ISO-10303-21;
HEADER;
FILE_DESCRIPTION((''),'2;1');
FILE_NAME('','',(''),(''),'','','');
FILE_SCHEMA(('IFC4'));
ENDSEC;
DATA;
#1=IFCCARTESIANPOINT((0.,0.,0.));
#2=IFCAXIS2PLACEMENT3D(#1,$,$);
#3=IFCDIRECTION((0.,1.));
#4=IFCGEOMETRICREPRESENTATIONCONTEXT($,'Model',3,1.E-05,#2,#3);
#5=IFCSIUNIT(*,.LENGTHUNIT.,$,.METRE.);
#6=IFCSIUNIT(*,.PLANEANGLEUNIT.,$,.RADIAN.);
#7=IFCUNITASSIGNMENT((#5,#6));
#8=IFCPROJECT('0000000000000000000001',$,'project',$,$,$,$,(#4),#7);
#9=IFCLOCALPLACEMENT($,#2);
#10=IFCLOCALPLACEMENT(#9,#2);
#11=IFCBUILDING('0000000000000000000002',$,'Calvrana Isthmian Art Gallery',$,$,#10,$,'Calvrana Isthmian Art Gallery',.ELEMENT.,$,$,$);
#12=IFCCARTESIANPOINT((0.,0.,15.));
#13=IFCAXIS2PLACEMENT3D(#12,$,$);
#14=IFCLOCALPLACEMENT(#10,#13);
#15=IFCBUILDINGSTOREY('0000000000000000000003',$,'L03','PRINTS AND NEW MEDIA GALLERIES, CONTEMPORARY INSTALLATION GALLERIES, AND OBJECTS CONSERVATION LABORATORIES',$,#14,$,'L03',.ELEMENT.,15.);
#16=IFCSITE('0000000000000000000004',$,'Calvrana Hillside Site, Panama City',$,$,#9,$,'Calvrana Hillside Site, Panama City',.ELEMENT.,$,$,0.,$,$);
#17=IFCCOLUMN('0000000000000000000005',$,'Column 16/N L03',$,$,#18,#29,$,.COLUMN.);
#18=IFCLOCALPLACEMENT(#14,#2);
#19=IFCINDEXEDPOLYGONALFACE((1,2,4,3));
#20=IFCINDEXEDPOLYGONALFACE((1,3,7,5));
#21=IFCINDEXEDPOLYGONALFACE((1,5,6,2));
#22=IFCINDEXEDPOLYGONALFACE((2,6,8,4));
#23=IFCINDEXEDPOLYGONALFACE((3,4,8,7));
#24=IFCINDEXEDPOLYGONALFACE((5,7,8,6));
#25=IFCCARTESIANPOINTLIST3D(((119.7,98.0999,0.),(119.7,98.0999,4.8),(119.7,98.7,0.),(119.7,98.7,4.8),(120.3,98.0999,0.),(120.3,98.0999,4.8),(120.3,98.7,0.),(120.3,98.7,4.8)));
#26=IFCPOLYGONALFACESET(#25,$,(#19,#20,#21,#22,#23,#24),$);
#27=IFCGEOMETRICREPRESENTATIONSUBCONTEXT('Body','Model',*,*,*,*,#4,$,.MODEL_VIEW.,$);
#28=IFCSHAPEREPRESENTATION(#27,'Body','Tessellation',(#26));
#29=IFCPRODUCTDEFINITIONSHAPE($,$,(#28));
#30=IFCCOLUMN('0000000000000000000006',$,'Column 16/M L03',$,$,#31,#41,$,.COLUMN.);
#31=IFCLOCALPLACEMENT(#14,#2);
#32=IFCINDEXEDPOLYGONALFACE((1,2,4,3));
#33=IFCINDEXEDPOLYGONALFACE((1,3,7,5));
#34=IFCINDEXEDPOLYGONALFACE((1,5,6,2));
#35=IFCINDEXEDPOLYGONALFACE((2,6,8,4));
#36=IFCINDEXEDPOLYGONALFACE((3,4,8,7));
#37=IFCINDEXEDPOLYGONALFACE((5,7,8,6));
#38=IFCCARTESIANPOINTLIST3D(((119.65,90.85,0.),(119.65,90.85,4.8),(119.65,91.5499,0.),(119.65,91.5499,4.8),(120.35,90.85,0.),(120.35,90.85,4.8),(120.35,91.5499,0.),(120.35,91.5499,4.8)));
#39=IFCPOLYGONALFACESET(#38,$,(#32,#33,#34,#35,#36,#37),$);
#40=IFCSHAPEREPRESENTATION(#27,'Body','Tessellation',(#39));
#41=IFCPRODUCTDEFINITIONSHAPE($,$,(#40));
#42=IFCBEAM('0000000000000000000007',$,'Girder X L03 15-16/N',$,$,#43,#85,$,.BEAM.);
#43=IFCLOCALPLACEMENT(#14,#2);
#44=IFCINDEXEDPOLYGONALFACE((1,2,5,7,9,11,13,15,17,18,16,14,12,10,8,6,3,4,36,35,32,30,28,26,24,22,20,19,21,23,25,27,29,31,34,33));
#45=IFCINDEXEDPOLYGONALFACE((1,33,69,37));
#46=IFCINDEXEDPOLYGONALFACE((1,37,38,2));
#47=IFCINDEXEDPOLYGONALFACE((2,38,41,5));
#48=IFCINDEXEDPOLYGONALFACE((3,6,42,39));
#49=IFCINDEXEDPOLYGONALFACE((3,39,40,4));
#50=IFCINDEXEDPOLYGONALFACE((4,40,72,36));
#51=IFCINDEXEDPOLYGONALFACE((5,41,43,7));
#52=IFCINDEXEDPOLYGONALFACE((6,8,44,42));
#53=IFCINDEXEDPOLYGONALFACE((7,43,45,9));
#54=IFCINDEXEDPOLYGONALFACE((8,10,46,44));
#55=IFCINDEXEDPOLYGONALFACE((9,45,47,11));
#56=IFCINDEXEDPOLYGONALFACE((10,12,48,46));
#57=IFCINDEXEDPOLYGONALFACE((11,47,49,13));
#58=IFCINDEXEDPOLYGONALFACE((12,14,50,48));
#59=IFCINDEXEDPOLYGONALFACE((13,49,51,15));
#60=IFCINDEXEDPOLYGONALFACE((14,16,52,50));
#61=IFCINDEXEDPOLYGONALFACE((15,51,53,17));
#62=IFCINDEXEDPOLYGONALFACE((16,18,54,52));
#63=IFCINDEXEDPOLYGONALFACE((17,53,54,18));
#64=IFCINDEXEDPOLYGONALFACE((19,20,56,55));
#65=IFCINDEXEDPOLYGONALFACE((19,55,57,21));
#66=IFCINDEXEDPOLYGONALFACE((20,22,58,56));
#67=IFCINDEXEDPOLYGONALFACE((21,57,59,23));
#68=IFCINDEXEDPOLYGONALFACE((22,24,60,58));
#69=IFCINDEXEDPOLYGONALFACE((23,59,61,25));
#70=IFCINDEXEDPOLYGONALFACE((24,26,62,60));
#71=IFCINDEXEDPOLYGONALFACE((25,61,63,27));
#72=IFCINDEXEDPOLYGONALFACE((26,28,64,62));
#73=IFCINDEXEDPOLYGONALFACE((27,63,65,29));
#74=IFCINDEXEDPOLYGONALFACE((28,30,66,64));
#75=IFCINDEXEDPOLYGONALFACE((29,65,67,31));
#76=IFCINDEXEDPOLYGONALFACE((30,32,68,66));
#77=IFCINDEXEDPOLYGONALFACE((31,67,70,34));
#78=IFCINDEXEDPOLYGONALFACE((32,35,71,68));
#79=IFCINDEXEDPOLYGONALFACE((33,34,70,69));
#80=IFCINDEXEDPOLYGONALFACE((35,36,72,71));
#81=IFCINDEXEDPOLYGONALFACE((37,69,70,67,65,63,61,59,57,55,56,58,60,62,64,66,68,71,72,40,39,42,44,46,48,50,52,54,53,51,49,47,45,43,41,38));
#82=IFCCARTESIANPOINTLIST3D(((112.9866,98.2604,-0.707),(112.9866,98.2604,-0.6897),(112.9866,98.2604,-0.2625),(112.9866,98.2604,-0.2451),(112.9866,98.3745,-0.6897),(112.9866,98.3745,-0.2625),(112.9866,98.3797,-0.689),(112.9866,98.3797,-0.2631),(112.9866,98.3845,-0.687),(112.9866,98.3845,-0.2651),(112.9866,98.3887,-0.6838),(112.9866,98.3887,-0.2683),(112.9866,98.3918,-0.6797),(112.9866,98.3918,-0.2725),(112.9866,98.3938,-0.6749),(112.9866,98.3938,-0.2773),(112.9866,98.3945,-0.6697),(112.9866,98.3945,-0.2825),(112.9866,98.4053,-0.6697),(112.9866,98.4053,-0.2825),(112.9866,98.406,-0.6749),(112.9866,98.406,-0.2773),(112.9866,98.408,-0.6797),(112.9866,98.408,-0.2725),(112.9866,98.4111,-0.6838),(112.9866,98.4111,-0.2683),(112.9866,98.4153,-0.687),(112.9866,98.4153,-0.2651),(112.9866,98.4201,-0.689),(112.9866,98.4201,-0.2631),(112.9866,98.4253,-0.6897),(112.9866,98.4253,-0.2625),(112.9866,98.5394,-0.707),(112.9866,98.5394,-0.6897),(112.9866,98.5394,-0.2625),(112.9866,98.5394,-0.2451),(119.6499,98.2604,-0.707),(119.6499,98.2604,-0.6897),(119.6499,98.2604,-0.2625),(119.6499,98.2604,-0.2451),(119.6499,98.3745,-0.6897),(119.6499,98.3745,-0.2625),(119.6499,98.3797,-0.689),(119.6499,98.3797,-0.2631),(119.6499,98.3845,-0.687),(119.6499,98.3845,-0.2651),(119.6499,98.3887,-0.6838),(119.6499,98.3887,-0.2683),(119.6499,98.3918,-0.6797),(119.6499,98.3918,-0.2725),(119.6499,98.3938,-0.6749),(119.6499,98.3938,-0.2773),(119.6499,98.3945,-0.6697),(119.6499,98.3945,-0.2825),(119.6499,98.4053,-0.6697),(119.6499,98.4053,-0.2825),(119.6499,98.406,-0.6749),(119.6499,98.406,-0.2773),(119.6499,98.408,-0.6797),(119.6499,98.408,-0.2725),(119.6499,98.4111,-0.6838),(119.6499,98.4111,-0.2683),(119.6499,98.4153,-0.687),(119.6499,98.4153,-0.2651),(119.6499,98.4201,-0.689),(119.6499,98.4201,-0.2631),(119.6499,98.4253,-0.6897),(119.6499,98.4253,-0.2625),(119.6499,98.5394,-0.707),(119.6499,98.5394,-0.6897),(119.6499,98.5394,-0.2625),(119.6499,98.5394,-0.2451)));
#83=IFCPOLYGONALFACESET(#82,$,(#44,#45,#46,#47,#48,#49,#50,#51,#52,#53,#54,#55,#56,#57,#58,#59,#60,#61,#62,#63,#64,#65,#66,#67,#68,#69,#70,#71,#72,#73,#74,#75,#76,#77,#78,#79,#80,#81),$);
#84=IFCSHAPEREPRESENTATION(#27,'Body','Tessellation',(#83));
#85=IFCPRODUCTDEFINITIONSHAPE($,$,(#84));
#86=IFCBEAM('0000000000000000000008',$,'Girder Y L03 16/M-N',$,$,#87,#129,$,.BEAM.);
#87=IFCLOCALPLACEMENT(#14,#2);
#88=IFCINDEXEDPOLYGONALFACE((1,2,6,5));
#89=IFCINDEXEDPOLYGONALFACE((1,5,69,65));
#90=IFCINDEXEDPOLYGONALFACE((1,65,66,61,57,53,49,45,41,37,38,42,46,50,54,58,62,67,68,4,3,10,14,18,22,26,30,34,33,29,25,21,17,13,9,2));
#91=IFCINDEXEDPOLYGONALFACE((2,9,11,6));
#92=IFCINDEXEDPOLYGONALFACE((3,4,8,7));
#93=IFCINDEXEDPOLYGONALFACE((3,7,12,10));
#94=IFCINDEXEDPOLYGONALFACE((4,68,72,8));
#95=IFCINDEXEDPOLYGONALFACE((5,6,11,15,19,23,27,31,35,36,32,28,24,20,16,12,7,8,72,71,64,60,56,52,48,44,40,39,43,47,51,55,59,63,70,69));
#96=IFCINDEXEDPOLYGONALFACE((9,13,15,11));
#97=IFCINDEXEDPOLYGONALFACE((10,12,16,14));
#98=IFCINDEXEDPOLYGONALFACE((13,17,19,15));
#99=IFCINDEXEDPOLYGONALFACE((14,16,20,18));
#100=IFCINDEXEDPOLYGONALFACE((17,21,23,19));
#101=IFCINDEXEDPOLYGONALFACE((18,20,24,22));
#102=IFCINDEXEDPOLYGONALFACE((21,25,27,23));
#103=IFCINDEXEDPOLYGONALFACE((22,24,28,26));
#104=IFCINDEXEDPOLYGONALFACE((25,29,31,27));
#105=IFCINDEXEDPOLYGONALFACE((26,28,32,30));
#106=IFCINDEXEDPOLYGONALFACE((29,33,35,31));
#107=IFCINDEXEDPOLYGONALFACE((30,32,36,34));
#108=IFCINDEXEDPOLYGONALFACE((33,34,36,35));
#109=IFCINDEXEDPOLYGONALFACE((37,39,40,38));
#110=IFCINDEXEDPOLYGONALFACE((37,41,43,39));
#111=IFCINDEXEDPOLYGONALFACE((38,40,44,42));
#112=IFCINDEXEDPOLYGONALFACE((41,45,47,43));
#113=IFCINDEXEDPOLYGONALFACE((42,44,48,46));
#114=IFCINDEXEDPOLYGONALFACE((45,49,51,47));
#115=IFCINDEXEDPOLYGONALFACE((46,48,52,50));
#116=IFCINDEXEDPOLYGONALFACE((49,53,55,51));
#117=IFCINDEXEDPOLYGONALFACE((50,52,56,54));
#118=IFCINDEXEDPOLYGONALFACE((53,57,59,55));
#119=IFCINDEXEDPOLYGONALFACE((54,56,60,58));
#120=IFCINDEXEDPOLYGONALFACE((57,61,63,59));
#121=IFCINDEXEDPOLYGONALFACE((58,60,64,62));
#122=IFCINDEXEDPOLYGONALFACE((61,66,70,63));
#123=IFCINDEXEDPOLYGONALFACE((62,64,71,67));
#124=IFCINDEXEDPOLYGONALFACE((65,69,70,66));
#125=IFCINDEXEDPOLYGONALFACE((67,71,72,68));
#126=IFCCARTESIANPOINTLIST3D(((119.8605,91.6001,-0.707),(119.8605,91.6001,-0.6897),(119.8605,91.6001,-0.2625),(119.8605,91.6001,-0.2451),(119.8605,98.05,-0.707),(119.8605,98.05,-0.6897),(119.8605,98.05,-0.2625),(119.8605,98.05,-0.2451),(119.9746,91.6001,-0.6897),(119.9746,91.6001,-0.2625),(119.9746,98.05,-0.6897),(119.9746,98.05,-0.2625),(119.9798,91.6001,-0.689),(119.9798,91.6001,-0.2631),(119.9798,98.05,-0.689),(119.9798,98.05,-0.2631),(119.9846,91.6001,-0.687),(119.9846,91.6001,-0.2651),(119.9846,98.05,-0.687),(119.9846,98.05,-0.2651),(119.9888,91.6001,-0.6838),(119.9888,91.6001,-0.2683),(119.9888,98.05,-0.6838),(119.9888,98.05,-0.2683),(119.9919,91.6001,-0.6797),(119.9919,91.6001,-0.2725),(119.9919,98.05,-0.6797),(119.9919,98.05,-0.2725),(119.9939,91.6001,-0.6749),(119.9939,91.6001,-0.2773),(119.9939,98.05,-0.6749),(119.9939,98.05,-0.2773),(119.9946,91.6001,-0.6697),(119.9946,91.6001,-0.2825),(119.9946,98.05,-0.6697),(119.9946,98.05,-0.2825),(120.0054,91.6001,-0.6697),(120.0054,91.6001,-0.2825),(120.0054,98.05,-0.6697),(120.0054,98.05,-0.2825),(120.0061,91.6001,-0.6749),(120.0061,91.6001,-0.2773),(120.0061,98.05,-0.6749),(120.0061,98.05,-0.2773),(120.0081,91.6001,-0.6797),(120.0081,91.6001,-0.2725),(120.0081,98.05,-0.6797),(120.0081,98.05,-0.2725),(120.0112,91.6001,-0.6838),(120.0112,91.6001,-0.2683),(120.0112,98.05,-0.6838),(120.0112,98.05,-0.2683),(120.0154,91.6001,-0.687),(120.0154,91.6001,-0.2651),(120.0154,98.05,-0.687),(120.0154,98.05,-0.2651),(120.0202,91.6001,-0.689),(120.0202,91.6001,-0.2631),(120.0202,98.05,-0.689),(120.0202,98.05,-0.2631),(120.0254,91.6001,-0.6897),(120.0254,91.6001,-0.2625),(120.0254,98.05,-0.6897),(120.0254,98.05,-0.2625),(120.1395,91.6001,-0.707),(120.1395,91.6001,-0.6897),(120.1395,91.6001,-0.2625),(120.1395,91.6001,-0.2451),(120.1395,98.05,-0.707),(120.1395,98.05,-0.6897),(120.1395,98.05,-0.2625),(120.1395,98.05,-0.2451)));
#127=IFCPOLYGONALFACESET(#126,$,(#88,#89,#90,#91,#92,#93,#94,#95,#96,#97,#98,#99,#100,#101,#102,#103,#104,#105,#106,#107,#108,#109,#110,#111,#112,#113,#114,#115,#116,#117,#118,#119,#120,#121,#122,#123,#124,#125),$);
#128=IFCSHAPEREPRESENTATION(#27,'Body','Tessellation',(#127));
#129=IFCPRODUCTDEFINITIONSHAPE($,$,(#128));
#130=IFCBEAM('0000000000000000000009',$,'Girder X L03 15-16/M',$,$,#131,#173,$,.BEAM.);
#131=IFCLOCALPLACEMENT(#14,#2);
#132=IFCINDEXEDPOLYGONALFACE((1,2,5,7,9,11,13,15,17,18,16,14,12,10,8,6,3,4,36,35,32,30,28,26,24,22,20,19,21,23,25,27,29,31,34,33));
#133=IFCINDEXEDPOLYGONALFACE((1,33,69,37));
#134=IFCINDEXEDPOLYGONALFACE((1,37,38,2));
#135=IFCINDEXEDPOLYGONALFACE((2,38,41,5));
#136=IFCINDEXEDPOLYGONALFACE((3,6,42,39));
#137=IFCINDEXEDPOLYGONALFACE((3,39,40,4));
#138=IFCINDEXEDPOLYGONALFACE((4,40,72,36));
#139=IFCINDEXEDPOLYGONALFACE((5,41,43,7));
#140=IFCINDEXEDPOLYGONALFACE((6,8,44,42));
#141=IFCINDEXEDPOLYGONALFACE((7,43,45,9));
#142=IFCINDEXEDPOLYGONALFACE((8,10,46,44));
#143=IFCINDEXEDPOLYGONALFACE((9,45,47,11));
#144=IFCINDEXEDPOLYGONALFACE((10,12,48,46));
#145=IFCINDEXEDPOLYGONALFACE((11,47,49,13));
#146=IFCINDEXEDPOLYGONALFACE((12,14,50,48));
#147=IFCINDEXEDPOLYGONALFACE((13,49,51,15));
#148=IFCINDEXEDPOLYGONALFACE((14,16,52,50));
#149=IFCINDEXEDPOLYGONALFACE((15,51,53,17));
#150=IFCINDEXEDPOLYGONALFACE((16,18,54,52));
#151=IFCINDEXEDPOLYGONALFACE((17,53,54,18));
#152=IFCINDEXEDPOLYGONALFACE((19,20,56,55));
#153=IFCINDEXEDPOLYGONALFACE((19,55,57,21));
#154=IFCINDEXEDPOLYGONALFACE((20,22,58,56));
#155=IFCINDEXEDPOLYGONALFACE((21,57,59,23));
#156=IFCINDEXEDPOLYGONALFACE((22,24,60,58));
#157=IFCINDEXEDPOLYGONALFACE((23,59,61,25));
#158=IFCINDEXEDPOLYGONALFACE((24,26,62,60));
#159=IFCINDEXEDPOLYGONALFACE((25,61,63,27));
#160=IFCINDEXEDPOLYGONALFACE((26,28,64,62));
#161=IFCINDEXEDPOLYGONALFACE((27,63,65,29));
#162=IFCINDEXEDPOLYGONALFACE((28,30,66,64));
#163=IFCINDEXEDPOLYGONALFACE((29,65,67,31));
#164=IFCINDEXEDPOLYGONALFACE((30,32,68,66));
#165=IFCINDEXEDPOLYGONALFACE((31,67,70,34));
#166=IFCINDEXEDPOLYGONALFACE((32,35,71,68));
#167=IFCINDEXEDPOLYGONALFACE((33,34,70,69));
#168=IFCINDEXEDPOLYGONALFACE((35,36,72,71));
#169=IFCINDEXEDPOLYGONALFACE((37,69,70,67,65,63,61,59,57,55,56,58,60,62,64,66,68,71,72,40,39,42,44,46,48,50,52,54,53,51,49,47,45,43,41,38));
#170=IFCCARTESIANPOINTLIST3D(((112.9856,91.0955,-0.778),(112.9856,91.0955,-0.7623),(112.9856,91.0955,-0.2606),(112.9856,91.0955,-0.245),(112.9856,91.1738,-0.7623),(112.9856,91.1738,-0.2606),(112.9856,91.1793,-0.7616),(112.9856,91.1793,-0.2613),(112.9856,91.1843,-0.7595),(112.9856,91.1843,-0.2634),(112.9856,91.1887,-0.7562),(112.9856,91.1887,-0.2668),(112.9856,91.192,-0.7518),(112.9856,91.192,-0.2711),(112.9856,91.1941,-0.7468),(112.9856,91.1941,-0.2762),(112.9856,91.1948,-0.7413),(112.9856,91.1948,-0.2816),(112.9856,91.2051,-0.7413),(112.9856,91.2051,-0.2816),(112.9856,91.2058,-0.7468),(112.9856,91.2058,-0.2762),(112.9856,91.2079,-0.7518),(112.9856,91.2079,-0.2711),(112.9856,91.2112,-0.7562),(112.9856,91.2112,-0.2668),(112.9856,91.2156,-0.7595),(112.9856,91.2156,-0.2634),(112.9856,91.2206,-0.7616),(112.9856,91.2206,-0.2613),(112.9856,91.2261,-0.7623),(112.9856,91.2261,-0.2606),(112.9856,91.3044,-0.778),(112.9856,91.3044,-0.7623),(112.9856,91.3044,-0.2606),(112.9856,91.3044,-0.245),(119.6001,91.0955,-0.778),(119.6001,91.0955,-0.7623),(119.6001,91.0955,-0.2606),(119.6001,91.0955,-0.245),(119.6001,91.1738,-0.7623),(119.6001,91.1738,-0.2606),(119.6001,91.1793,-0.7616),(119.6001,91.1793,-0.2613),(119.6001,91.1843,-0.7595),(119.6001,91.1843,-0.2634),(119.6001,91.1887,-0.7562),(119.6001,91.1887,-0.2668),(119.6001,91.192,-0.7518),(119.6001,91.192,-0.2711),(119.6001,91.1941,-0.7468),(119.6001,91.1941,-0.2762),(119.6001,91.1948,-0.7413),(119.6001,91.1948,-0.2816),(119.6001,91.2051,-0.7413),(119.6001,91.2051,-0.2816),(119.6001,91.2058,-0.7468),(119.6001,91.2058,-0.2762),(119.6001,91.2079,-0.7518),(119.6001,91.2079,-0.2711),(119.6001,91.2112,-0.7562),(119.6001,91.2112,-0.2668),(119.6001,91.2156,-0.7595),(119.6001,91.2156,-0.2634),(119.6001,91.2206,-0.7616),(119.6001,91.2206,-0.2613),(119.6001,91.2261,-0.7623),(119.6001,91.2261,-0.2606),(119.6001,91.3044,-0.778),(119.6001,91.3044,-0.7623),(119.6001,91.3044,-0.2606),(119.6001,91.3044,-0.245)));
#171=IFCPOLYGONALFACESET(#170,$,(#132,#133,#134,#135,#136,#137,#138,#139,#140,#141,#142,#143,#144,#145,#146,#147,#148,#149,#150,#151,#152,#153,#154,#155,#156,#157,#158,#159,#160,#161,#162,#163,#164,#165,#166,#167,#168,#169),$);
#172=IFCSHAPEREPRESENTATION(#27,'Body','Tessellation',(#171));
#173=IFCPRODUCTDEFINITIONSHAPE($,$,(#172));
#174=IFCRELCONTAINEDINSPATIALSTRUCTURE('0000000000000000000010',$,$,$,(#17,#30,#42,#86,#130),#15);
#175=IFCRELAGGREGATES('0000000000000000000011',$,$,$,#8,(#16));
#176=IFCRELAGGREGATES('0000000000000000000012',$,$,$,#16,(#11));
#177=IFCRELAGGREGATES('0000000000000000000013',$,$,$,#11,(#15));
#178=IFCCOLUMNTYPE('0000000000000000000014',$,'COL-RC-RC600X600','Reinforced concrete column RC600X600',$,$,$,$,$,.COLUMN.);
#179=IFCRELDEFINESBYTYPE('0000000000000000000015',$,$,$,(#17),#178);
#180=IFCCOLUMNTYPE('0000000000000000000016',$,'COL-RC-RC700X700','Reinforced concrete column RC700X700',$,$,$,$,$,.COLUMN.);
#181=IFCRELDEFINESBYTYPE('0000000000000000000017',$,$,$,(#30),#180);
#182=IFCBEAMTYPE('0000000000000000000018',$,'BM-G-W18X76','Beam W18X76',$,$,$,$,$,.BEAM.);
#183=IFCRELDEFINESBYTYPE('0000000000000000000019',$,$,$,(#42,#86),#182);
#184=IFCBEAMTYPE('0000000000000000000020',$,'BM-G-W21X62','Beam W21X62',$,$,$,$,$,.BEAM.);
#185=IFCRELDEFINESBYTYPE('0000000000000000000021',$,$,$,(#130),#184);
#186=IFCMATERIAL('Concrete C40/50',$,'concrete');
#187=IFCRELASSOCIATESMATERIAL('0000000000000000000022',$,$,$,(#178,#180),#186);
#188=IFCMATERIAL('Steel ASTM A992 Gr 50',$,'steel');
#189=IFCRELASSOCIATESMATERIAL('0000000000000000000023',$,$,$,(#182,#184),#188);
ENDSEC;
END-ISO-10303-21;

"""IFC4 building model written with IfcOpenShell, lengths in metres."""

from ifc_helpers import new_model, si_unit, direction, frame, origin, origin_2d, place, context, subcontext, project, spatial, rectangle, i_section, extrude, material, material_profile, profile_set, type_object, element, save


model = new_model("IFC4")

# Units and contexts
model_context = context("Model", 3, precision=1e-05, world=origin(), true_north=direction((0.0, 1.0)))
body_context = subcontext(model_context, "Body", "Model", "MODEL_VIEW")
ifc_project = project(units=[si_unit("LENGTHUNIT", "METRE"), si_unit("PLANEANGLEUNIT", "RADIAN")], contexts=[model_context])

# Site, building, storey
site_placement = place(None, origin())
site = spatial("IfcSite", under=ifc_project, at=site_placement, Name="Calvrana Hillside Site, Panama City", LongName="Calvrana Hillside Site, Panama City", CompositionType="ELEMENT", RefElevation=0.0)
building_placement = place(site_placement, origin())
building = spatial("IfcBuilding", under=site, at=building_placement, Name="Calvrana Isthmian Art Gallery", LongName="Calvrana Isthmian Art Gallery", CompositionType="ELEMENT")
storey_placement = place(building_placement, frame((0.0, 0.0, 15.0)))
storey = spatial("IfcBuildingStorey", under=building, at=storey_placement, Name="L03", Description="PRINTS AND NEW MEDIA GALLERIES, CONTEMPORARY INSTALLATION GALLERIES, AND OBJECTS CONSERVATION LABORATORIES", LongName="L03", CompositionType="ELEMENT", Elevation=15.0)

# Columns
ifc_material_1 = material(Name="Concrete C40/50", Category="concrete")
ifc_material_profile_1 = material_profile(ifc_material_1, rectangle(XDim=0.6001, YDim=0.6001, at=origin_2d()), Name="RC600X600")
ifc_profile_set_1 = profile_set([ifc_material_profile_1], Name="Concrete C40/50")
column_type_1 = type_object("IfcColumnType", Name="COL-RC-RC600X600", Description="Reinforced concrete column RC600X600", PredefinedType="COLUMN", material=ifc_profile_set_1)
column_1_placement = place(storey_placement, frame((120.0, 98.3999, 0.0), z_axis=(0.0, 0.0, 1.0), x_axis=(1.0, 0.0, 0.0)))
element("IfcColumn", 1, at=column_1_placement, inside=storey, type_object=column_type_1, Name="Column 16/N L03", PredefinedType="COLUMN", context=body_context, shape_type="SweptSolid", body=[
    extrude(rectangle(XDim=0.6001, YDim=0.6001, at=origin_2d()), origin(), (0.0, 0.0, 1.0), 4.8),
])
ifc_material_profile_2 = material_profile(ifc_material_1, rectangle(XDim=0.7, YDim=0.7, at=origin_2d()), Name="RC700X700")
ifc_profile_set_2 = profile_set([ifc_material_profile_2], Name="Concrete C40/50")
column_type_2 = type_object("IfcColumnType", Name="COL-RC-RC700X700", Description="Reinforced concrete column RC700X700", PredefinedType="COLUMN", material=ifc_profile_set_2)
column_2_placement = place(storey_placement, frame((120.0, 91.2, 0.0), z_axis=(0.0, 0.0, 1.0), x_axis=(1.0, 0.0, 0.0)))
element("IfcColumn", 2, at=column_2_placement, inside=storey, type_object=column_type_2, Name="Column 16/M L03", PredefinedType="COLUMN", context=body_context, shape_type="SweptSolid", body=[
    extrude(rectangle(XDim=0.7, YDim=0.7, at=origin_2d()), origin(), (0.0, 0.0, 1.0), 4.8),
])

# Beams
ifc_material_2 = material(Name="Steel ASTM A992 Gr 50", Category="steel")
ifc_material_profile_3 = material_profile(ifc_material_2, i_section(OverallWidth=0.2791, OverallDepth=0.4619, WebThickness=0.0107, FlangeThickness=0.0173, FilletRadius=0.02, at=origin_2d()), Name="W18X76")
ifc_profile_set_3 = profile_set([ifc_material_profile_3], Name="Steel ASTM A992 Gr 50")
beam_type_1 = type_object("IfcBeamType", Name="BM-G-W18X76", Description="Beam W18X76", PredefinedType="BEAM", material=ifc_profile_set_3)
beam_1_placement = place(storey_placement, frame((112.9866, 98.3999, -0.4761), z_axis=(1.0, 0.0, 0.0), x_axis=(0.0, 1.0, 0.0)))
element("IfcBeam", 3, at=beam_1_placement, inside=storey, type_object=beam_type_1, Name="Girder X L03 15-16/N", PredefinedType="BEAM", context=body_context, shape_type="SweptSolid", body=[
    extrude(i_section(OverallWidth=0.2791, OverallDepth=0.4619, WebThickness=0.0107, FlangeThickness=0.0173, FilletRadius=0.02, at=origin_2d()), origin(), (0.0, 0.0, 1.0), 6.6633),
])
beam_2_placement = place(storey_placement, frame((120.0, 91.6001, -0.4761), z_axis=(0.0, 1.0, 0.0), x_axis=(-1.0, 0.0, 0.0)))
element("IfcBeam", 4, at=beam_2_placement, inside=storey, type_object=beam_type_1, Name="Girder Y L03 16/M-N", PredefinedType="BEAM", context=body_context, shape_type="SweptSolid", body=[
    extrude(i_section(OverallWidth=0.2791, OverallDepth=0.4619, WebThickness=0.0107, FlangeThickness=0.0173, FilletRadius=0.02, at=origin_2d()), origin(), (0.0, 0.0, 1.0), 6.45),
])
ifc_material_profile_4 = material_profile(ifc_material_2, i_section(OverallWidth=0.209, OverallDepth=0.533, WebThickness=0.0103, FlangeThickness=0.0156, FilletRadius=0.021, at=origin_2d()), Name="W21X62")
ifc_profile_set_4 = profile_set([ifc_material_profile_4], Name="Steel ASTM A992 Gr 50")
beam_type_2 = type_object("IfcBeamType", Name="BM-G-W21X62", Description="Beam W21X62", PredefinedType="BEAM", material=ifc_profile_set_4)
beam_3_placement = place(storey_placement, frame((112.9856, 91.2, -0.5115), z_axis=(1.0, 0.0, 0.0), x_axis=(0.0, 1.0, 0.0)))
element("IfcBeam", 5, at=beam_3_placement, inside=storey, type_object=beam_type_2, Name="Girder X L03 15-16/M", PredefinedType="BEAM", context=body_context, shape_type="SweptSolid", body=[
    extrude(i_section(OverallWidth=0.209, OverallDepth=0.533, WebThickness=0.0103, FlangeThickness=0.0156, FilletRadius=0.021, at=origin_2d()), origin(), (0.0, 0.0, 1.0), 6.6145),
])

save(model, "model.ifc")
